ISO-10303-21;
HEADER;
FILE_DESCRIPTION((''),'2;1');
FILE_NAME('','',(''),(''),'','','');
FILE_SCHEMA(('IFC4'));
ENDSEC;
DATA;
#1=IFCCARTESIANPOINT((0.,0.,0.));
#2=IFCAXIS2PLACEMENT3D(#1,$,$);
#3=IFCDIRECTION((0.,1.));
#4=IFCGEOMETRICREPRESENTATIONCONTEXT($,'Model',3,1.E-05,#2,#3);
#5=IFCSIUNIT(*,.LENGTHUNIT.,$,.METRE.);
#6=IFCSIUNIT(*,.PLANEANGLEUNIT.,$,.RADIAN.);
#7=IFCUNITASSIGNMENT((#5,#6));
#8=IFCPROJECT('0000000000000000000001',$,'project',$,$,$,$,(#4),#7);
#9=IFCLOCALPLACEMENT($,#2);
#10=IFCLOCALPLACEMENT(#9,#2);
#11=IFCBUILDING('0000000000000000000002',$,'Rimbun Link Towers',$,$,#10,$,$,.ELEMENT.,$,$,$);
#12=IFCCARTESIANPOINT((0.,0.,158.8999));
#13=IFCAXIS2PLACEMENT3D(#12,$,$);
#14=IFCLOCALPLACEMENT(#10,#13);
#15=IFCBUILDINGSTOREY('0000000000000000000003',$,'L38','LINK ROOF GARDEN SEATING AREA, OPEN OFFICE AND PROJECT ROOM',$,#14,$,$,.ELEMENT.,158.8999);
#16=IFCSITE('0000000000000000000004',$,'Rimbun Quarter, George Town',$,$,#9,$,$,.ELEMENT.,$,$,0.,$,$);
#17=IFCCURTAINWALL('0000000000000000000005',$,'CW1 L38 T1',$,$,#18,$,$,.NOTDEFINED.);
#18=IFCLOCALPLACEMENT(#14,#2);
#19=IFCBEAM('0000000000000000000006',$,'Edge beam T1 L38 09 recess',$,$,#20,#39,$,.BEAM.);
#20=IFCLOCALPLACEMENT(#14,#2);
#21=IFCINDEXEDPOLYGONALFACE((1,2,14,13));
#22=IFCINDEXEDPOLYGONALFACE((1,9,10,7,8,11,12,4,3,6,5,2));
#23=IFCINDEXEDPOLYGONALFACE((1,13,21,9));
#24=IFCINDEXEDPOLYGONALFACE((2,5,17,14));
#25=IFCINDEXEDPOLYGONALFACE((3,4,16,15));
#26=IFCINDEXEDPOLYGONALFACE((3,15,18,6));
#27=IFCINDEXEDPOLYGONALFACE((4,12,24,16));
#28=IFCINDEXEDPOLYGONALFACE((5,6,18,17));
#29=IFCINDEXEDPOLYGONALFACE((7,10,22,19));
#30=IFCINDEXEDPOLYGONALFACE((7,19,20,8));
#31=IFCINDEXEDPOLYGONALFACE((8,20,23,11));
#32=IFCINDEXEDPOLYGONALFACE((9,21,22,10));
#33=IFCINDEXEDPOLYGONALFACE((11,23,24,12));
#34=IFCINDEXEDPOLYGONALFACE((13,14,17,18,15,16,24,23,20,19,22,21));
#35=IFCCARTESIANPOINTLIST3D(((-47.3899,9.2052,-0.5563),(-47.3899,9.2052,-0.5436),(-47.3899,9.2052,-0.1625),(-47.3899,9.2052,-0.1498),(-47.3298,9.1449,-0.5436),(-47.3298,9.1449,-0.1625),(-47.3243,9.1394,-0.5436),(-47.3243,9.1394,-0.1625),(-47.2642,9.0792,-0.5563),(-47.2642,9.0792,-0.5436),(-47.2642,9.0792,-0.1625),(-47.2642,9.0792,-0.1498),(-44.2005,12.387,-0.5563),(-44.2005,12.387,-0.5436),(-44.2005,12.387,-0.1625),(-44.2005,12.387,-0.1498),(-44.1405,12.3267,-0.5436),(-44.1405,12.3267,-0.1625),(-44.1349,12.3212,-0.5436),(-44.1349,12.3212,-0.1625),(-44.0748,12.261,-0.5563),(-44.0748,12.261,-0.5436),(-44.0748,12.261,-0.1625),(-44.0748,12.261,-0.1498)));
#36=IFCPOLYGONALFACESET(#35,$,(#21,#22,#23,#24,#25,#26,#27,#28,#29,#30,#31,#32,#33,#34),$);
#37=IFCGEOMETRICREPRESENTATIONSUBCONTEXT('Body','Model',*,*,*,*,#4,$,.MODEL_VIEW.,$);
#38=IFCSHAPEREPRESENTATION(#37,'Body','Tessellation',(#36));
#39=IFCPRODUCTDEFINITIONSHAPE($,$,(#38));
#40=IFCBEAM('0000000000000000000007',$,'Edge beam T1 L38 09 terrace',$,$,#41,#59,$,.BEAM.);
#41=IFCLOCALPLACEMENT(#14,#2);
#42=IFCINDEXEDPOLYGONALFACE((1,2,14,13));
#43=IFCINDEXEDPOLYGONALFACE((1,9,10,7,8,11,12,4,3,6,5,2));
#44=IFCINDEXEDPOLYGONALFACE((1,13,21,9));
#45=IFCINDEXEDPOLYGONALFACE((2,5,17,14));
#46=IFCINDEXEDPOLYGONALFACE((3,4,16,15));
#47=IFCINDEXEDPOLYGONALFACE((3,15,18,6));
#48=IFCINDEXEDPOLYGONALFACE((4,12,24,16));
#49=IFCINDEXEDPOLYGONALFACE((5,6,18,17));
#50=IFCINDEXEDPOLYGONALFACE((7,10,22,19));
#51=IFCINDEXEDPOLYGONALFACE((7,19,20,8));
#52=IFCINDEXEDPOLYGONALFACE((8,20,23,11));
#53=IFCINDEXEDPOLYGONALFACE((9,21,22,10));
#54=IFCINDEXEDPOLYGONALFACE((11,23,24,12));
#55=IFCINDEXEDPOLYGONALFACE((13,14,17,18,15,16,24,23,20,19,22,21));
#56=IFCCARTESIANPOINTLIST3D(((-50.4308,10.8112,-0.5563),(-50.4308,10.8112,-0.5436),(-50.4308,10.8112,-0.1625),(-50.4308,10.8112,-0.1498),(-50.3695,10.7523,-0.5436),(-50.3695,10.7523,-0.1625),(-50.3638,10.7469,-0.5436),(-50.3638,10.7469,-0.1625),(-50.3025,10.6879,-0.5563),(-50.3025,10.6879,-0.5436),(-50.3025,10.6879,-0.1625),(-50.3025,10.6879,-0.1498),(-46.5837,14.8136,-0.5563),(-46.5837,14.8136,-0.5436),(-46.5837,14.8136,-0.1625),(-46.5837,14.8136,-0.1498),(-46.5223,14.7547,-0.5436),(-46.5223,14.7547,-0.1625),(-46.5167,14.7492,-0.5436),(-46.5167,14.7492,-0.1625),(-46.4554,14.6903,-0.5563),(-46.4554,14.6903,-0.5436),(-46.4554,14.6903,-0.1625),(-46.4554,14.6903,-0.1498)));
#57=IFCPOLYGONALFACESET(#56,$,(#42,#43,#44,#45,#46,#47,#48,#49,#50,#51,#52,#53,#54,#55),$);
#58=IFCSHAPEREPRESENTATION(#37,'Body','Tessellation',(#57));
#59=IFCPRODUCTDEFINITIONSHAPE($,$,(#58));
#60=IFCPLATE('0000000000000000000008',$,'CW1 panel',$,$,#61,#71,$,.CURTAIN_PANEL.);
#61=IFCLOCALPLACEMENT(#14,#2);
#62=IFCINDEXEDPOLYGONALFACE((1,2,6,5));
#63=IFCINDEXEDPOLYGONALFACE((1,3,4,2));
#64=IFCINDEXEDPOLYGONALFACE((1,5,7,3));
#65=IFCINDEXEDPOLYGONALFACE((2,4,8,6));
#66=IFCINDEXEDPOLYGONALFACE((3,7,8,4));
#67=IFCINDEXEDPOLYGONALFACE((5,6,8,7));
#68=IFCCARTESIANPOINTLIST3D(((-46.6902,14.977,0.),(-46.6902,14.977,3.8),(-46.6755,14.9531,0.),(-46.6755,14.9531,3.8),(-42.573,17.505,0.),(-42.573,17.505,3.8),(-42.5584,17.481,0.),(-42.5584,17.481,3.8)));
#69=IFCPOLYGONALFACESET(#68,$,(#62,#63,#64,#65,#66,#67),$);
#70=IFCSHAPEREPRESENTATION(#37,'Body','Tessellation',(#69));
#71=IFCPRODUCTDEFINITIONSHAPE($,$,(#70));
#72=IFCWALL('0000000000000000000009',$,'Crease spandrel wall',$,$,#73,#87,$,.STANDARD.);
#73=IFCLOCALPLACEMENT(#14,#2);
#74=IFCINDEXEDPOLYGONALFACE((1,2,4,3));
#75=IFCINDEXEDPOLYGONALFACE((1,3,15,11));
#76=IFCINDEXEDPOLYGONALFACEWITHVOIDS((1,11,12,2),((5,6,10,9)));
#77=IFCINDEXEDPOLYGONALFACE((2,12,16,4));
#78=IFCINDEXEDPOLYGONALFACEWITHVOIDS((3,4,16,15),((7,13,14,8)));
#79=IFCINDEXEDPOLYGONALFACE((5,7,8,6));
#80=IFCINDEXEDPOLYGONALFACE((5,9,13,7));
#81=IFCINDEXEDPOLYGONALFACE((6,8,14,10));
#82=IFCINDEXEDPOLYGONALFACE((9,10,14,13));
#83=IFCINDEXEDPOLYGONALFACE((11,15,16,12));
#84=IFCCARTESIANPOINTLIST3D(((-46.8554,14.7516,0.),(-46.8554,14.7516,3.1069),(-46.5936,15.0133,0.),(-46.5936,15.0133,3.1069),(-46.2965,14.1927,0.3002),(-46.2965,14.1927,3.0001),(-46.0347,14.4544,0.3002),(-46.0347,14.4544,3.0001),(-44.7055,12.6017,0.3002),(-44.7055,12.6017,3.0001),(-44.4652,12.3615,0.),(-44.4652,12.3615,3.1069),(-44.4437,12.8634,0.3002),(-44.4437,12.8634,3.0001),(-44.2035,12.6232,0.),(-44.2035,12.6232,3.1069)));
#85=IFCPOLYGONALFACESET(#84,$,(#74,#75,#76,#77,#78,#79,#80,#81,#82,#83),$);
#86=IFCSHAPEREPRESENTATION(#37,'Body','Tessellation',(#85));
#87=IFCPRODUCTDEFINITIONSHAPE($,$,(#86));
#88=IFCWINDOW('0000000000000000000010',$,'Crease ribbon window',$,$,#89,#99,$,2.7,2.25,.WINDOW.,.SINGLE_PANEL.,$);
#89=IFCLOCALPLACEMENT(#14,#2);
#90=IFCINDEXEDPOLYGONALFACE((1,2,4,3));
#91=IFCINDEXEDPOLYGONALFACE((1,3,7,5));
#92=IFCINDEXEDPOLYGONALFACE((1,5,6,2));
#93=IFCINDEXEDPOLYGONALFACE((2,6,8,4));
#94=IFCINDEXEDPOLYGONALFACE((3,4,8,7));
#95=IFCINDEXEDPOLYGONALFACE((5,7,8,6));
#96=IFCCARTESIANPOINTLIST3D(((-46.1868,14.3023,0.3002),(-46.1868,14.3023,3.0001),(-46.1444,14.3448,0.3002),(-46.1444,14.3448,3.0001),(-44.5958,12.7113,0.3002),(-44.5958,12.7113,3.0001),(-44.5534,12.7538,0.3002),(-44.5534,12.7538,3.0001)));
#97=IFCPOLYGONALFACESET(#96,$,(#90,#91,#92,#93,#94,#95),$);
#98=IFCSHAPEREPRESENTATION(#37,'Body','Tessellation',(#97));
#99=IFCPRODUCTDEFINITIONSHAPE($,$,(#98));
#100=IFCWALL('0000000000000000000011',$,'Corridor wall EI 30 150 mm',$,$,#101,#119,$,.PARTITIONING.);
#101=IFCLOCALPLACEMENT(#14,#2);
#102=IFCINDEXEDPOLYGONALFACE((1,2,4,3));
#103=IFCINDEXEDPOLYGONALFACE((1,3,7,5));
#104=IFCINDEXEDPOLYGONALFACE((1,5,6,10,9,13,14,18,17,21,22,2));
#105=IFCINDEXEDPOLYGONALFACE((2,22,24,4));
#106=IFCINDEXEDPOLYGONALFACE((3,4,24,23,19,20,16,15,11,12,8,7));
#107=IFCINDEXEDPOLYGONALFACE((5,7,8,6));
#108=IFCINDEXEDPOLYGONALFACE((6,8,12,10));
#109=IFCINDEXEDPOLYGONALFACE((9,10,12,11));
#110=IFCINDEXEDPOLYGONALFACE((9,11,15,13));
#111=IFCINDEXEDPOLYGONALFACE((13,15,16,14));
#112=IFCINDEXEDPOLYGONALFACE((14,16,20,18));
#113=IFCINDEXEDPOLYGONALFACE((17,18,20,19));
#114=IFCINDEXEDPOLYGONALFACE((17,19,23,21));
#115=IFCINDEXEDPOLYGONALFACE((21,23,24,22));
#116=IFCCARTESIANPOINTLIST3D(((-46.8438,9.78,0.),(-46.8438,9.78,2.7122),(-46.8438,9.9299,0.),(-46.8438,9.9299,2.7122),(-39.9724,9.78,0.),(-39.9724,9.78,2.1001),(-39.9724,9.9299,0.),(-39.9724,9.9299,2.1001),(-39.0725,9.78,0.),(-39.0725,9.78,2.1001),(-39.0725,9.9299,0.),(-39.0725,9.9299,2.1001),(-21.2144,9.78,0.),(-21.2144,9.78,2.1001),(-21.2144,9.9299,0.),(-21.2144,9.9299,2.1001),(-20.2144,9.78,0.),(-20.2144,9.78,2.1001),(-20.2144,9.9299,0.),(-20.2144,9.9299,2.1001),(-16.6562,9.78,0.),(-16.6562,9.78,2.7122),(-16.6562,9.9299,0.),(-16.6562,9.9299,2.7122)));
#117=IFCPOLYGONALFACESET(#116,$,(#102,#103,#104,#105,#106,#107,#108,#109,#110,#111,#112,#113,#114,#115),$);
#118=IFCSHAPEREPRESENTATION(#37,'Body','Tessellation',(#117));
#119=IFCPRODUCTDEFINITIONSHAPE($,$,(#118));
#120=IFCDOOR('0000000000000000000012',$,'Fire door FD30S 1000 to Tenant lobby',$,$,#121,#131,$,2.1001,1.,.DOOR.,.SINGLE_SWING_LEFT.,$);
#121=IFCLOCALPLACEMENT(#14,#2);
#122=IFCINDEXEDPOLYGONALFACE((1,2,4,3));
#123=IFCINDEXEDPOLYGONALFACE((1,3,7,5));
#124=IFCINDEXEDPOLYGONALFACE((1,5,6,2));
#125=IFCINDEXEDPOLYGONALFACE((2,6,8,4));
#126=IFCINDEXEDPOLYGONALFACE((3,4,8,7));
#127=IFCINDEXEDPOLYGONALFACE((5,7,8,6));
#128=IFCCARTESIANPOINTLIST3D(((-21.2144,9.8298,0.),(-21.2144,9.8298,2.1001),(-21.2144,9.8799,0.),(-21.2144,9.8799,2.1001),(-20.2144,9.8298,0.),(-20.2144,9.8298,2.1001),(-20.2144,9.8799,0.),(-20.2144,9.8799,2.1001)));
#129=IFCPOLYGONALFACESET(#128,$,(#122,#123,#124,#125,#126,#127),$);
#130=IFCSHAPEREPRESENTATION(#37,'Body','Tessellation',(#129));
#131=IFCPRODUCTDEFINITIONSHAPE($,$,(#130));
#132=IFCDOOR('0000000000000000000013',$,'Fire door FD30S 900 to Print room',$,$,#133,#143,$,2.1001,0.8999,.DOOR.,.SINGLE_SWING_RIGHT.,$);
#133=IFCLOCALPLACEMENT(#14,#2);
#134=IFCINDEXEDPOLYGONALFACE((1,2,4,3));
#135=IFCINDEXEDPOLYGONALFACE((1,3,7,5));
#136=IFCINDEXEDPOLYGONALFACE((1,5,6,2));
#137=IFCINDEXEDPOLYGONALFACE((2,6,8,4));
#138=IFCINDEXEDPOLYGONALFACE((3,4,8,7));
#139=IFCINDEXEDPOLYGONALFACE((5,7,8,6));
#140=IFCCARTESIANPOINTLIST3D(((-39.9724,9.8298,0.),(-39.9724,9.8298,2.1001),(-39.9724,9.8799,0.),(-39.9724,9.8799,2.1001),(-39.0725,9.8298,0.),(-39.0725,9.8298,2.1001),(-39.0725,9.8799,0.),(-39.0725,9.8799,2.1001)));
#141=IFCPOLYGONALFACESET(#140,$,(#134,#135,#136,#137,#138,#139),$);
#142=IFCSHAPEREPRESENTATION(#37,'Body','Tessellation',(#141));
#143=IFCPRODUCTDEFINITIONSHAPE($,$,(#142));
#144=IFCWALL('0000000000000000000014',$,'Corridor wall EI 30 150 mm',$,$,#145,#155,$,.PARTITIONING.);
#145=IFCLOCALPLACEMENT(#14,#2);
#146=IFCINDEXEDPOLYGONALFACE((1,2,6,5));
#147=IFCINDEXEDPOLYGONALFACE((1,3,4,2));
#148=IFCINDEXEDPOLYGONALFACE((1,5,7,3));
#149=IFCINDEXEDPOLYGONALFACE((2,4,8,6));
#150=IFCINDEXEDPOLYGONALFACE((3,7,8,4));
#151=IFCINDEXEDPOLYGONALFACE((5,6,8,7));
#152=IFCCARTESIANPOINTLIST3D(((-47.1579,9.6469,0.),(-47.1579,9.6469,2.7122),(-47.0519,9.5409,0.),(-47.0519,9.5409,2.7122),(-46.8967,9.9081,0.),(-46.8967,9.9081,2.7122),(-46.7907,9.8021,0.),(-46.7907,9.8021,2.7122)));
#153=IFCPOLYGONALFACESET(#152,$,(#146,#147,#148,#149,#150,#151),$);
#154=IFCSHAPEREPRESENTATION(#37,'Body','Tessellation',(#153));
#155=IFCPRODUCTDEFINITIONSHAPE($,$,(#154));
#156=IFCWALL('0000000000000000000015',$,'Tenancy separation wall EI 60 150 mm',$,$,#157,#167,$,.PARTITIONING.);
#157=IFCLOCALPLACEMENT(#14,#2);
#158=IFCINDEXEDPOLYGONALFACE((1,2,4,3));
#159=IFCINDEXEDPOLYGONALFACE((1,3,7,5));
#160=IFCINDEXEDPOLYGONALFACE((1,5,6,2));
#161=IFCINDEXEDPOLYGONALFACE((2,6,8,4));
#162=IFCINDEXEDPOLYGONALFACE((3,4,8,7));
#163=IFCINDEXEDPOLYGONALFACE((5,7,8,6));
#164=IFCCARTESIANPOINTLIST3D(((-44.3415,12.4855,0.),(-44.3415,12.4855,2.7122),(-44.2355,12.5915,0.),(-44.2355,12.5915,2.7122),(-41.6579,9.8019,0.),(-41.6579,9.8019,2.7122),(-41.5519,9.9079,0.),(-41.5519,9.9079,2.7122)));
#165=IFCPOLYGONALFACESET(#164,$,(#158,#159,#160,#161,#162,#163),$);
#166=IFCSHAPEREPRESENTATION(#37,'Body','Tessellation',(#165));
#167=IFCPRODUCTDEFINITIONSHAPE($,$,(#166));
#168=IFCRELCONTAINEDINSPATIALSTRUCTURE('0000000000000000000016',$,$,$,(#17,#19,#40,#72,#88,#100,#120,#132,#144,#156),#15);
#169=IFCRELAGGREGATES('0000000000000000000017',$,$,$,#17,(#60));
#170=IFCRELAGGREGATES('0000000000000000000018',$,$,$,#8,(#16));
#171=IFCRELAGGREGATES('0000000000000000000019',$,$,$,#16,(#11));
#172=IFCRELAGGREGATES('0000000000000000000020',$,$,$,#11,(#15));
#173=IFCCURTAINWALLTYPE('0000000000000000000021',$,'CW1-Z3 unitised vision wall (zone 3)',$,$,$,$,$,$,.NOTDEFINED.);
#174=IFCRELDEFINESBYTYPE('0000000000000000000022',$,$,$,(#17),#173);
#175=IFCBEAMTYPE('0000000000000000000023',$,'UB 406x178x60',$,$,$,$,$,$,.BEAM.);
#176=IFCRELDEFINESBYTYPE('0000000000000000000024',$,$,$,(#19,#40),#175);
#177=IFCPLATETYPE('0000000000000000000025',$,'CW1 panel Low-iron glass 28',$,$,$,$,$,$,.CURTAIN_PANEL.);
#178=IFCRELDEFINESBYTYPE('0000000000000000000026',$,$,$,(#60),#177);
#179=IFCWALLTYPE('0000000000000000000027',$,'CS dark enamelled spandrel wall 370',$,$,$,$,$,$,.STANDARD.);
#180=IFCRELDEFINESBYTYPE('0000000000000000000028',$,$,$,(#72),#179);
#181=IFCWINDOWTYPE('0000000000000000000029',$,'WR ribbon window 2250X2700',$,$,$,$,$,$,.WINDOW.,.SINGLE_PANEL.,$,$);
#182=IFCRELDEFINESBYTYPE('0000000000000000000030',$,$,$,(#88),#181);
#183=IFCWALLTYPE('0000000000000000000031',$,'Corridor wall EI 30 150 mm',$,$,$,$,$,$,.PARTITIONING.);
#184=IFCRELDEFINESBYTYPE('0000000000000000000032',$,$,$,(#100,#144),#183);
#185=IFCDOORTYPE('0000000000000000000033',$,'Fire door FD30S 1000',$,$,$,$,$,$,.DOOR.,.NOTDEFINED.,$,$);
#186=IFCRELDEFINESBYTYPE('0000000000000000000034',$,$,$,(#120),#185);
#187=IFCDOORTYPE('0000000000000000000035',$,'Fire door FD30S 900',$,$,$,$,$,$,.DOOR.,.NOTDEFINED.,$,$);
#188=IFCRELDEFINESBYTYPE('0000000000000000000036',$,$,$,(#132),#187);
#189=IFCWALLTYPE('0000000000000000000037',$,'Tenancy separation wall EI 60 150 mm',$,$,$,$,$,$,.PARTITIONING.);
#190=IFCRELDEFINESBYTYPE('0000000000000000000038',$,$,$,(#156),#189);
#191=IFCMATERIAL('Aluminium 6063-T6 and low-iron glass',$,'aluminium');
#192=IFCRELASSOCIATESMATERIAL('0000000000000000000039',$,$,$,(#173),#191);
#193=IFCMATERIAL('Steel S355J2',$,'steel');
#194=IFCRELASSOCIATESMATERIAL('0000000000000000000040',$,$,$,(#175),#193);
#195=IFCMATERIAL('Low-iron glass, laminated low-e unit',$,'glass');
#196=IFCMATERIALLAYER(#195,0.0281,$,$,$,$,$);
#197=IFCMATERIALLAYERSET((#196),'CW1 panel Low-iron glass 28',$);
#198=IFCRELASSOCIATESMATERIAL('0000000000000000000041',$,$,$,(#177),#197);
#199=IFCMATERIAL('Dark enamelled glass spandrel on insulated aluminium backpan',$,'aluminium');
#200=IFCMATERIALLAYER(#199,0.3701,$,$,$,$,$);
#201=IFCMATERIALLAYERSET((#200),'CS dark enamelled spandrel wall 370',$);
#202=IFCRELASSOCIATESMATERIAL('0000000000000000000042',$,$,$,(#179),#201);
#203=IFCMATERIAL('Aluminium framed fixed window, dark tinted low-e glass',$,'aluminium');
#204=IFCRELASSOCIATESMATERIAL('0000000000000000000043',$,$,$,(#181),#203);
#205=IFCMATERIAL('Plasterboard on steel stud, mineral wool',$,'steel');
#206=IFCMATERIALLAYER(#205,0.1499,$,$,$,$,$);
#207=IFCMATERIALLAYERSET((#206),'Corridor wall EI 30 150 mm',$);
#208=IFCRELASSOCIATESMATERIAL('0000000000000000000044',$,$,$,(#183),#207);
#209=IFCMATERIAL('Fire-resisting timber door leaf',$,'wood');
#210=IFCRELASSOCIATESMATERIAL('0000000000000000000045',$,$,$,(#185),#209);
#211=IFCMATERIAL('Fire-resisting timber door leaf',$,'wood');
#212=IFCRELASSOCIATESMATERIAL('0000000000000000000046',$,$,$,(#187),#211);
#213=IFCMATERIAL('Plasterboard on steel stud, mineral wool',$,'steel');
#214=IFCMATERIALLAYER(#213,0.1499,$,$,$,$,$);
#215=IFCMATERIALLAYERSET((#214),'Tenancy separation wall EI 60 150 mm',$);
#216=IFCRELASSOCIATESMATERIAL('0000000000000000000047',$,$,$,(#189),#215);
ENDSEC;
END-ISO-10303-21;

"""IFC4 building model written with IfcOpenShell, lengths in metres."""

from ifc_helpers import new_model, si_unit, direction, frame, frame_2d, origin, origin_2d, place, context, subcontext, project, spatial, rectangle, i_section, extrude, material, layer, layer_set, material_profile, profile_set, type_object, element, fill, aggregate, save


model = new_model("IFC4")

# Units and contexts
model_context = context("Model", 3, precision=1e-05, world=origin(), true_north=direction((0.0, 1.0)))
body_context = subcontext(model_context, "Body", "Model", "MODEL_VIEW")
ifc_project = project(units=[si_unit("LENGTHUNIT", "METRE"), si_unit("PLANEANGLEUNIT", "RADIAN")], contexts=[model_context])

# Site, building, storey
site_placement = place(None, origin())
site = spatial("IfcSite", under=ifc_project, at=site_placement, Name="Rimbun Quarter, George Town", CompositionType="ELEMENT", RefElevation=0.0)
building_placement = place(site_placement, origin())
building = spatial("IfcBuilding", under=site, at=building_placement, Name="Rimbun Link Towers", CompositionType="ELEMENT")
storey_placement = place(building_placement, frame((0.0, 0.0, 158.8999)))
storey = spatial("IfcBuildingStorey", under=building, at=storey_placement, Name="L38", Description="LINK ROOF GARDEN SEATING AREA, OPEN OFFICE AND PROJECT ROOM", CompositionType="ELEMENT", Elevation=158.8999)

# Curtain wall
ifc_material_1 = material(Name="Aluminium 6063-T6 and low-iron glass", Category="aluminium")
curtain_wall_type = type_object("IfcCurtainWallType", Name="CW1-Z3 unitised vision wall (zone 3)", PredefinedType="NOTDEFINED", material=ifc_material_1)
curtain_wall_placement = place(storey_placement, origin())
curtain_wall = element("IfcCurtainWall", 1, at=curtain_wall_placement, inside=storey, type_object=curtain_wall_type, Name="CW1 L38 T1", PredefinedType="NOTDEFINED")

# Beams
ifc_material_2 = material(Name="Steel S355J2", Category="steel")
ifc_material_profile_1 = material_profile(ifc_material_2, i_section(OverallWidth=0.178, OverallDepth=0.4065, WebThickness=0.0078, FlangeThickness=0.0127, at=origin_2d()), Name="UB 406x178x60")
ifc_profile_set_1 = profile_set([ifc_material_profile_1], Name="Steel S355J2")
beam_type = type_object("IfcBeamType", Name="UB 406x178x60", PredefinedType="BEAM", material=ifc_profile_set_1)
beam_1_placement = place(storey_placement, frame((-44.1377, 12.324, -0.353), z_axis=(-0.707946, -0.706266, 0.0), x_axis=(0.706266, -0.707946, 0.0)))
element("IfcBeam", 2, at=beam_1_placement, inside=storey, type_object=beam_type, Name="Edge beam T1 L38 09 recess", PredefinedType="BEAM", context=body_context, shape_type="SweptSolid", body=[
    extrude(i_section(OverallWidth=0.178, OverallDepth=0.4065, WebThickness=0.0078, FlangeThickness=0.0127, at=origin_2d()), origin(), (0.0, 0.0, 1.0), 4.5051),
])
beam_2_placement = place(storey_placement, frame((-46.5195, 14.752, -0.353), z_axis=(-0.692984, -0.720953, 0.0), x_axis=(0.720953, -0.692984, 0.0)))
element("IfcBeam", 3, at=beam_2_placement, inside=storey, type_object=beam_type, Name="Edge beam T1 L38 09 terrace", PredefinedType="BEAM", context=body_context, shape_type="SweptSolid", body=[
    extrude(i_section(OverallWidth=0.178, OverallDepth=0.4065, WebThickness=0.0078, FlangeThickness=0.0127, at=origin_2d()), origin(), (0.0, 0.0, 1.0), 5.5515),
])

# Plate
ifc_material_3 = material(Name="Low-iron glass, laminated low-e unit", Category="glass")
ifc_layer_1 = layer(ifc_material_3, 0.0281)
ifc_layer_set_1 = layer_set([ifc_layer_1], Name="CW1 panel Low-iron glass 28")
plate_type = type_object("IfcPlateType", Name="CW1 panel Low-iron glass 28", PredefinedType="CURTAIN_PANEL", material=ifc_layer_set_1)
plate_placement = place(storey_placement, frame((-44.6243, 16.229, 0.0), z_axis=(0.0, 0.0, 1.0), x_axis=(0.852179, 0.52325, 0.0)))
plate = element("IfcPlate", 4, at=plate_placement, type_object=plate_type, Name="CW1 panel", PredefinedType="CURTAIN_PANEL", context=body_context, shape_type="SweptSolid", body=[
    extrude(rectangle(XDim=4.8313, YDim=0.0281, at=origin_2d()), origin(), (0.0, 0.0, 1.0), 3.8),
])
aggregate(curtain_wall, [plate])

# Wall, opening, window
ifc_material_4 = material(Name="Dark enamelled glass spandrel on insulated aluminium backpan", Category="aluminium")
ifc_layer_2 = layer(ifc_material_4, 0.3701)
ifc_layer_set_2 = layer_set([ifc_layer_2], Name="CS dark enamelled spandrel wall 370")
wall_type_1 = type_object("IfcWallType", Name="CS dark enamelled spandrel wall 370", PredefinedType="STANDARD", material=ifc_layer_set_2)
wall_1_placement = place(storey_placement, frame((-44.3345, 12.4924, 0.0), z_axis=(0.0, 0.0, 1.0), x_axis=(-0.707107, 0.707107, 0.0)))
wall_1 = element("IfcWall", 5, at=wall_1_placement, inside=storey, type_object=wall_type_1, Name="Crease spandrel wall", PredefinedType="STANDARD", context=body_context, shape_type="SweptSolid", body=[
    extrude(rectangle(XDim=3.3801, YDim=0.3701, at=frame_2d((1.6899, 0.0))), origin(), (0.0, 0.0, 1.0), 3.1069),
])
opening_1_placement = place(wall_1_placement, frame((0.3396, 0.0, 0.3)))
opening_1 = element("IfcOpeningElement", 6, at=opening_1_placement, cuts=wall_1, PredefinedType="OPENING", context=body_context, shape_type="SweptSolid", body=[
    extrude(rectangle(XDim=2.25, YDim=2.7, at=frame_2d((1.125, 1.3501))), frame((0.0, 0.1951, 0.0), z_axis=(0.0, -1.0, 0.0), x_axis=(1.0, 0.0, 0.0)), (0.0, 0.0, 1.0), 0.3901),
])
ifc_material_5 = material(Name="Aluminium framed fixed window, dark tinted low-e glass", Category="aluminium")
window_type = type_object("IfcWindowType", Name="WR ribbon window 2250X2700", PartitioningType="SINGLE_PANEL", PredefinedType="WINDOW", material=ifc_material_5)
window_placement = place(opening_1_placement, origin())
window = element("IfcWindow", 7, at=window_placement, inside=storey, type_object=window_type, Name="Crease ribbon window", OverallHeight=2.7, OverallWidth=2.25, PartitioningType="SINGLE_PANEL", PredefinedType="WINDOW", context=body_context, shape_type="SweptSolid", body=[
    extrude(rectangle(XDim=2.25, YDim=2.7, at=frame_2d((1.125, 1.3501))), frame((0.0, 0.03, 0.0), z_axis=(0.0, -1.0, 0.0), x_axis=(1.0, 0.0, 0.0)), (0.0, 0.0, 1.0), 0.0601),
])
fill(opening_1, window)

# Wall, openings, doors
ifc_material_6 = material(Name="Plasterboard on steel stud, mineral wool", Category="steel")
ifc_layer_3 = layer(ifc_material_6, 0.1499)
ifc_layer_set_3 = layer_set([ifc_layer_3], Name="Corridor wall EI 30 150 mm")
wall_type_2 = type_object("IfcWallType", Name="Corridor wall EI 30 150 mm", PredefinedType="PARTITIONING", material=ifc_layer_set_3)
wall_2_placement = place(storey_placement, frame((-46.8438, 9.855, 0.0), z_axis=(0.0, 0.0, 1.0), x_axis=(1.0, 0.0, 0.0)))
wall_2 = element("IfcWall", 8, at=wall_2_placement, inside=storey, type_object=wall_type_2, Name="Corridor wall EI 30 150 mm", PredefinedType="PARTITIONING", context=body_context, shape_type="SweptSolid", body=[
    extrude(rectangle(XDim=30.1875, YDim=0.1499, at=frame_2d((15.0938, 0.0))), origin(), (0.0, 0.0, 1.0), 2.7122),
])
opening_2_placement = place(wall_2_placement, frame((25.6294, 0.0, 0.0)))
opening_2 = element("IfcOpeningElement", 9, at=opening_2_placement, cuts=wall_2, PredefinedType="OPENING", context=body_context, shape_type="SweptSolid", body=[
    extrude(rectangle(XDim=1.0, YDim=2.1001, at=frame_2d((0.5, 1.05))), frame((0.0, 0.085, 0.0), z_axis=(0.0, -1.0, 0.0), x_axis=(1.0, 0.0, 0.0)), (0.0, 0.0, 1.0), 0.1699),
])
opening_3_placement = place(wall_2_placement, frame((6.8713, 0.0, 0.0)))
opening_3 = element("IfcOpeningElement", 10, at=opening_3_placement, cuts=wall_2, PredefinedType="OPENING", context=body_context, shape_type="SweptSolid", body=[
    extrude(rectangle(XDim=0.8999, YDim=2.1001, at=frame_2d((0.45, 1.05))), frame((0.0, 0.085, 0.0), z_axis=(0.0, -1.0, 0.0), x_axis=(1.0, 0.0, 0.0)), (0.0, 0.0, 1.0), 0.1699),
])
ifc_material_7 = material(Name="Fire-resisting timber door leaf", Category="wood")
door_type_1 = type_object("IfcDoorType", Name="Fire door FD30S 1000", OperationType="NOTDEFINED", PredefinedType="DOOR", material=ifc_material_7)
door_1_placement = place(opening_2_placement, origin())
door_1 = element("IfcDoor", 11, at=door_1_placement, inside=storey, type_object=door_type_1, Name="Fire door FD30S 1000 to Tenant lobby", OperationType="SINGLE_SWING_LEFT", OverallHeight=2.1001, OverallWidth=1.0, PredefinedType="DOOR", context=body_context, shape_type="SweptSolid", body=[
    extrude(rectangle(XDim=1.0, YDim=2.1001, at=frame_2d((0.5, 1.05))), frame((0.0, 0.0249, 0.0), z_axis=(0.0, -1.0, 0.0), x_axis=(1.0, 0.0, 0.0)), (0.0, 0.0, 1.0), 0.05),
])
fill(opening_2, door_1)
ifc_material_8 = material(Name="Fire-resisting timber door leaf", Category="wood")
door_type_2 = type_object("IfcDoorType", Name="Fire door FD30S 900", OperationType="NOTDEFINED", PredefinedType="DOOR", material=ifc_material_8)
door_2_placement = place(opening_3_placement, origin())
door_2 = element("IfcDoor", 12, at=door_2_placement, inside=storey, type_object=door_type_2, Name="Fire door FD30S 900 to Print room", OperationType="SINGLE_SWING_RIGHT", OverallHeight=2.1001, OverallWidth=0.8999, PredefinedType="DOOR", context=body_context, shape_type="SweptSolid", body=[
    extrude(rectangle(XDim=0.8999, YDim=2.1001, at=frame_2d((0.45, 1.05))), frame((0.0, 0.0249, 0.0), z_axis=(0.0, -1.0, 0.0), x_axis=(1.0, 0.0, 0.0)), (0.0, 0.0, 1.0), 0.05),
])
fill(opening_3, door_2)

# Walls
wall_3_placement = place(storey_placement, frame((-46.8438, 9.855, 0.0), z_axis=(0.0, 0.0, 1.0), x_axis=(-0.707107, -0.707107, 0.0)))
element("IfcWall", 13, at=wall_3_placement, inside=storey, type_object=wall_type_2, Name="Corridor wall EI 30 150 mm", PredefinedType="PARTITIONING", context=body_context, shape_type="SweptSolid", body=[
    extrude(rectangle(XDim=0.3694, YDim=0.1499, at=frame_2d((0.1846, 0.0))), origin(), (0.0, 0.0, 1.0), 2.7122),
])
ifc_material_9 = material(Name="Plasterboard on steel stud, mineral wool", Category="steel")
ifc_layer_4 = layer(ifc_material_9, 0.1499)
ifc_layer_set_4 = layer_set([ifc_layer_4], Name="Tenancy separation wall EI 60 150 mm")
wall_type_3 = type_object("IfcWallType", Name="Tenancy separation wall EI 60 150 mm", PredefinedType="PARTITIONING", material=ifc_layer_set_4)
wall_4_placement = place(storey_placement, frame((-41.605, 9.855, 0.0), z_axis=(0.0, 0.0, 1.0), x_axis=(-0.707107, 0.707107, 0.0)))
element("IfcWall", 14, at=wall_4_placement, inside=storey, type_object=wall_type_3, Name="Tenancy separation wall EI 60 150 mm", PredefinedType="PARTITIONING", context=body_context, shape_type="SweptSolid", body=[
    extrude(rectangle(XDim=3.7952, YDim=0.1499, at=frame_2d((1.8975, 0.0))), origin(), (0.0, 0.0, 1.0), 2.7122),
])

save(model, "model.ifc")
